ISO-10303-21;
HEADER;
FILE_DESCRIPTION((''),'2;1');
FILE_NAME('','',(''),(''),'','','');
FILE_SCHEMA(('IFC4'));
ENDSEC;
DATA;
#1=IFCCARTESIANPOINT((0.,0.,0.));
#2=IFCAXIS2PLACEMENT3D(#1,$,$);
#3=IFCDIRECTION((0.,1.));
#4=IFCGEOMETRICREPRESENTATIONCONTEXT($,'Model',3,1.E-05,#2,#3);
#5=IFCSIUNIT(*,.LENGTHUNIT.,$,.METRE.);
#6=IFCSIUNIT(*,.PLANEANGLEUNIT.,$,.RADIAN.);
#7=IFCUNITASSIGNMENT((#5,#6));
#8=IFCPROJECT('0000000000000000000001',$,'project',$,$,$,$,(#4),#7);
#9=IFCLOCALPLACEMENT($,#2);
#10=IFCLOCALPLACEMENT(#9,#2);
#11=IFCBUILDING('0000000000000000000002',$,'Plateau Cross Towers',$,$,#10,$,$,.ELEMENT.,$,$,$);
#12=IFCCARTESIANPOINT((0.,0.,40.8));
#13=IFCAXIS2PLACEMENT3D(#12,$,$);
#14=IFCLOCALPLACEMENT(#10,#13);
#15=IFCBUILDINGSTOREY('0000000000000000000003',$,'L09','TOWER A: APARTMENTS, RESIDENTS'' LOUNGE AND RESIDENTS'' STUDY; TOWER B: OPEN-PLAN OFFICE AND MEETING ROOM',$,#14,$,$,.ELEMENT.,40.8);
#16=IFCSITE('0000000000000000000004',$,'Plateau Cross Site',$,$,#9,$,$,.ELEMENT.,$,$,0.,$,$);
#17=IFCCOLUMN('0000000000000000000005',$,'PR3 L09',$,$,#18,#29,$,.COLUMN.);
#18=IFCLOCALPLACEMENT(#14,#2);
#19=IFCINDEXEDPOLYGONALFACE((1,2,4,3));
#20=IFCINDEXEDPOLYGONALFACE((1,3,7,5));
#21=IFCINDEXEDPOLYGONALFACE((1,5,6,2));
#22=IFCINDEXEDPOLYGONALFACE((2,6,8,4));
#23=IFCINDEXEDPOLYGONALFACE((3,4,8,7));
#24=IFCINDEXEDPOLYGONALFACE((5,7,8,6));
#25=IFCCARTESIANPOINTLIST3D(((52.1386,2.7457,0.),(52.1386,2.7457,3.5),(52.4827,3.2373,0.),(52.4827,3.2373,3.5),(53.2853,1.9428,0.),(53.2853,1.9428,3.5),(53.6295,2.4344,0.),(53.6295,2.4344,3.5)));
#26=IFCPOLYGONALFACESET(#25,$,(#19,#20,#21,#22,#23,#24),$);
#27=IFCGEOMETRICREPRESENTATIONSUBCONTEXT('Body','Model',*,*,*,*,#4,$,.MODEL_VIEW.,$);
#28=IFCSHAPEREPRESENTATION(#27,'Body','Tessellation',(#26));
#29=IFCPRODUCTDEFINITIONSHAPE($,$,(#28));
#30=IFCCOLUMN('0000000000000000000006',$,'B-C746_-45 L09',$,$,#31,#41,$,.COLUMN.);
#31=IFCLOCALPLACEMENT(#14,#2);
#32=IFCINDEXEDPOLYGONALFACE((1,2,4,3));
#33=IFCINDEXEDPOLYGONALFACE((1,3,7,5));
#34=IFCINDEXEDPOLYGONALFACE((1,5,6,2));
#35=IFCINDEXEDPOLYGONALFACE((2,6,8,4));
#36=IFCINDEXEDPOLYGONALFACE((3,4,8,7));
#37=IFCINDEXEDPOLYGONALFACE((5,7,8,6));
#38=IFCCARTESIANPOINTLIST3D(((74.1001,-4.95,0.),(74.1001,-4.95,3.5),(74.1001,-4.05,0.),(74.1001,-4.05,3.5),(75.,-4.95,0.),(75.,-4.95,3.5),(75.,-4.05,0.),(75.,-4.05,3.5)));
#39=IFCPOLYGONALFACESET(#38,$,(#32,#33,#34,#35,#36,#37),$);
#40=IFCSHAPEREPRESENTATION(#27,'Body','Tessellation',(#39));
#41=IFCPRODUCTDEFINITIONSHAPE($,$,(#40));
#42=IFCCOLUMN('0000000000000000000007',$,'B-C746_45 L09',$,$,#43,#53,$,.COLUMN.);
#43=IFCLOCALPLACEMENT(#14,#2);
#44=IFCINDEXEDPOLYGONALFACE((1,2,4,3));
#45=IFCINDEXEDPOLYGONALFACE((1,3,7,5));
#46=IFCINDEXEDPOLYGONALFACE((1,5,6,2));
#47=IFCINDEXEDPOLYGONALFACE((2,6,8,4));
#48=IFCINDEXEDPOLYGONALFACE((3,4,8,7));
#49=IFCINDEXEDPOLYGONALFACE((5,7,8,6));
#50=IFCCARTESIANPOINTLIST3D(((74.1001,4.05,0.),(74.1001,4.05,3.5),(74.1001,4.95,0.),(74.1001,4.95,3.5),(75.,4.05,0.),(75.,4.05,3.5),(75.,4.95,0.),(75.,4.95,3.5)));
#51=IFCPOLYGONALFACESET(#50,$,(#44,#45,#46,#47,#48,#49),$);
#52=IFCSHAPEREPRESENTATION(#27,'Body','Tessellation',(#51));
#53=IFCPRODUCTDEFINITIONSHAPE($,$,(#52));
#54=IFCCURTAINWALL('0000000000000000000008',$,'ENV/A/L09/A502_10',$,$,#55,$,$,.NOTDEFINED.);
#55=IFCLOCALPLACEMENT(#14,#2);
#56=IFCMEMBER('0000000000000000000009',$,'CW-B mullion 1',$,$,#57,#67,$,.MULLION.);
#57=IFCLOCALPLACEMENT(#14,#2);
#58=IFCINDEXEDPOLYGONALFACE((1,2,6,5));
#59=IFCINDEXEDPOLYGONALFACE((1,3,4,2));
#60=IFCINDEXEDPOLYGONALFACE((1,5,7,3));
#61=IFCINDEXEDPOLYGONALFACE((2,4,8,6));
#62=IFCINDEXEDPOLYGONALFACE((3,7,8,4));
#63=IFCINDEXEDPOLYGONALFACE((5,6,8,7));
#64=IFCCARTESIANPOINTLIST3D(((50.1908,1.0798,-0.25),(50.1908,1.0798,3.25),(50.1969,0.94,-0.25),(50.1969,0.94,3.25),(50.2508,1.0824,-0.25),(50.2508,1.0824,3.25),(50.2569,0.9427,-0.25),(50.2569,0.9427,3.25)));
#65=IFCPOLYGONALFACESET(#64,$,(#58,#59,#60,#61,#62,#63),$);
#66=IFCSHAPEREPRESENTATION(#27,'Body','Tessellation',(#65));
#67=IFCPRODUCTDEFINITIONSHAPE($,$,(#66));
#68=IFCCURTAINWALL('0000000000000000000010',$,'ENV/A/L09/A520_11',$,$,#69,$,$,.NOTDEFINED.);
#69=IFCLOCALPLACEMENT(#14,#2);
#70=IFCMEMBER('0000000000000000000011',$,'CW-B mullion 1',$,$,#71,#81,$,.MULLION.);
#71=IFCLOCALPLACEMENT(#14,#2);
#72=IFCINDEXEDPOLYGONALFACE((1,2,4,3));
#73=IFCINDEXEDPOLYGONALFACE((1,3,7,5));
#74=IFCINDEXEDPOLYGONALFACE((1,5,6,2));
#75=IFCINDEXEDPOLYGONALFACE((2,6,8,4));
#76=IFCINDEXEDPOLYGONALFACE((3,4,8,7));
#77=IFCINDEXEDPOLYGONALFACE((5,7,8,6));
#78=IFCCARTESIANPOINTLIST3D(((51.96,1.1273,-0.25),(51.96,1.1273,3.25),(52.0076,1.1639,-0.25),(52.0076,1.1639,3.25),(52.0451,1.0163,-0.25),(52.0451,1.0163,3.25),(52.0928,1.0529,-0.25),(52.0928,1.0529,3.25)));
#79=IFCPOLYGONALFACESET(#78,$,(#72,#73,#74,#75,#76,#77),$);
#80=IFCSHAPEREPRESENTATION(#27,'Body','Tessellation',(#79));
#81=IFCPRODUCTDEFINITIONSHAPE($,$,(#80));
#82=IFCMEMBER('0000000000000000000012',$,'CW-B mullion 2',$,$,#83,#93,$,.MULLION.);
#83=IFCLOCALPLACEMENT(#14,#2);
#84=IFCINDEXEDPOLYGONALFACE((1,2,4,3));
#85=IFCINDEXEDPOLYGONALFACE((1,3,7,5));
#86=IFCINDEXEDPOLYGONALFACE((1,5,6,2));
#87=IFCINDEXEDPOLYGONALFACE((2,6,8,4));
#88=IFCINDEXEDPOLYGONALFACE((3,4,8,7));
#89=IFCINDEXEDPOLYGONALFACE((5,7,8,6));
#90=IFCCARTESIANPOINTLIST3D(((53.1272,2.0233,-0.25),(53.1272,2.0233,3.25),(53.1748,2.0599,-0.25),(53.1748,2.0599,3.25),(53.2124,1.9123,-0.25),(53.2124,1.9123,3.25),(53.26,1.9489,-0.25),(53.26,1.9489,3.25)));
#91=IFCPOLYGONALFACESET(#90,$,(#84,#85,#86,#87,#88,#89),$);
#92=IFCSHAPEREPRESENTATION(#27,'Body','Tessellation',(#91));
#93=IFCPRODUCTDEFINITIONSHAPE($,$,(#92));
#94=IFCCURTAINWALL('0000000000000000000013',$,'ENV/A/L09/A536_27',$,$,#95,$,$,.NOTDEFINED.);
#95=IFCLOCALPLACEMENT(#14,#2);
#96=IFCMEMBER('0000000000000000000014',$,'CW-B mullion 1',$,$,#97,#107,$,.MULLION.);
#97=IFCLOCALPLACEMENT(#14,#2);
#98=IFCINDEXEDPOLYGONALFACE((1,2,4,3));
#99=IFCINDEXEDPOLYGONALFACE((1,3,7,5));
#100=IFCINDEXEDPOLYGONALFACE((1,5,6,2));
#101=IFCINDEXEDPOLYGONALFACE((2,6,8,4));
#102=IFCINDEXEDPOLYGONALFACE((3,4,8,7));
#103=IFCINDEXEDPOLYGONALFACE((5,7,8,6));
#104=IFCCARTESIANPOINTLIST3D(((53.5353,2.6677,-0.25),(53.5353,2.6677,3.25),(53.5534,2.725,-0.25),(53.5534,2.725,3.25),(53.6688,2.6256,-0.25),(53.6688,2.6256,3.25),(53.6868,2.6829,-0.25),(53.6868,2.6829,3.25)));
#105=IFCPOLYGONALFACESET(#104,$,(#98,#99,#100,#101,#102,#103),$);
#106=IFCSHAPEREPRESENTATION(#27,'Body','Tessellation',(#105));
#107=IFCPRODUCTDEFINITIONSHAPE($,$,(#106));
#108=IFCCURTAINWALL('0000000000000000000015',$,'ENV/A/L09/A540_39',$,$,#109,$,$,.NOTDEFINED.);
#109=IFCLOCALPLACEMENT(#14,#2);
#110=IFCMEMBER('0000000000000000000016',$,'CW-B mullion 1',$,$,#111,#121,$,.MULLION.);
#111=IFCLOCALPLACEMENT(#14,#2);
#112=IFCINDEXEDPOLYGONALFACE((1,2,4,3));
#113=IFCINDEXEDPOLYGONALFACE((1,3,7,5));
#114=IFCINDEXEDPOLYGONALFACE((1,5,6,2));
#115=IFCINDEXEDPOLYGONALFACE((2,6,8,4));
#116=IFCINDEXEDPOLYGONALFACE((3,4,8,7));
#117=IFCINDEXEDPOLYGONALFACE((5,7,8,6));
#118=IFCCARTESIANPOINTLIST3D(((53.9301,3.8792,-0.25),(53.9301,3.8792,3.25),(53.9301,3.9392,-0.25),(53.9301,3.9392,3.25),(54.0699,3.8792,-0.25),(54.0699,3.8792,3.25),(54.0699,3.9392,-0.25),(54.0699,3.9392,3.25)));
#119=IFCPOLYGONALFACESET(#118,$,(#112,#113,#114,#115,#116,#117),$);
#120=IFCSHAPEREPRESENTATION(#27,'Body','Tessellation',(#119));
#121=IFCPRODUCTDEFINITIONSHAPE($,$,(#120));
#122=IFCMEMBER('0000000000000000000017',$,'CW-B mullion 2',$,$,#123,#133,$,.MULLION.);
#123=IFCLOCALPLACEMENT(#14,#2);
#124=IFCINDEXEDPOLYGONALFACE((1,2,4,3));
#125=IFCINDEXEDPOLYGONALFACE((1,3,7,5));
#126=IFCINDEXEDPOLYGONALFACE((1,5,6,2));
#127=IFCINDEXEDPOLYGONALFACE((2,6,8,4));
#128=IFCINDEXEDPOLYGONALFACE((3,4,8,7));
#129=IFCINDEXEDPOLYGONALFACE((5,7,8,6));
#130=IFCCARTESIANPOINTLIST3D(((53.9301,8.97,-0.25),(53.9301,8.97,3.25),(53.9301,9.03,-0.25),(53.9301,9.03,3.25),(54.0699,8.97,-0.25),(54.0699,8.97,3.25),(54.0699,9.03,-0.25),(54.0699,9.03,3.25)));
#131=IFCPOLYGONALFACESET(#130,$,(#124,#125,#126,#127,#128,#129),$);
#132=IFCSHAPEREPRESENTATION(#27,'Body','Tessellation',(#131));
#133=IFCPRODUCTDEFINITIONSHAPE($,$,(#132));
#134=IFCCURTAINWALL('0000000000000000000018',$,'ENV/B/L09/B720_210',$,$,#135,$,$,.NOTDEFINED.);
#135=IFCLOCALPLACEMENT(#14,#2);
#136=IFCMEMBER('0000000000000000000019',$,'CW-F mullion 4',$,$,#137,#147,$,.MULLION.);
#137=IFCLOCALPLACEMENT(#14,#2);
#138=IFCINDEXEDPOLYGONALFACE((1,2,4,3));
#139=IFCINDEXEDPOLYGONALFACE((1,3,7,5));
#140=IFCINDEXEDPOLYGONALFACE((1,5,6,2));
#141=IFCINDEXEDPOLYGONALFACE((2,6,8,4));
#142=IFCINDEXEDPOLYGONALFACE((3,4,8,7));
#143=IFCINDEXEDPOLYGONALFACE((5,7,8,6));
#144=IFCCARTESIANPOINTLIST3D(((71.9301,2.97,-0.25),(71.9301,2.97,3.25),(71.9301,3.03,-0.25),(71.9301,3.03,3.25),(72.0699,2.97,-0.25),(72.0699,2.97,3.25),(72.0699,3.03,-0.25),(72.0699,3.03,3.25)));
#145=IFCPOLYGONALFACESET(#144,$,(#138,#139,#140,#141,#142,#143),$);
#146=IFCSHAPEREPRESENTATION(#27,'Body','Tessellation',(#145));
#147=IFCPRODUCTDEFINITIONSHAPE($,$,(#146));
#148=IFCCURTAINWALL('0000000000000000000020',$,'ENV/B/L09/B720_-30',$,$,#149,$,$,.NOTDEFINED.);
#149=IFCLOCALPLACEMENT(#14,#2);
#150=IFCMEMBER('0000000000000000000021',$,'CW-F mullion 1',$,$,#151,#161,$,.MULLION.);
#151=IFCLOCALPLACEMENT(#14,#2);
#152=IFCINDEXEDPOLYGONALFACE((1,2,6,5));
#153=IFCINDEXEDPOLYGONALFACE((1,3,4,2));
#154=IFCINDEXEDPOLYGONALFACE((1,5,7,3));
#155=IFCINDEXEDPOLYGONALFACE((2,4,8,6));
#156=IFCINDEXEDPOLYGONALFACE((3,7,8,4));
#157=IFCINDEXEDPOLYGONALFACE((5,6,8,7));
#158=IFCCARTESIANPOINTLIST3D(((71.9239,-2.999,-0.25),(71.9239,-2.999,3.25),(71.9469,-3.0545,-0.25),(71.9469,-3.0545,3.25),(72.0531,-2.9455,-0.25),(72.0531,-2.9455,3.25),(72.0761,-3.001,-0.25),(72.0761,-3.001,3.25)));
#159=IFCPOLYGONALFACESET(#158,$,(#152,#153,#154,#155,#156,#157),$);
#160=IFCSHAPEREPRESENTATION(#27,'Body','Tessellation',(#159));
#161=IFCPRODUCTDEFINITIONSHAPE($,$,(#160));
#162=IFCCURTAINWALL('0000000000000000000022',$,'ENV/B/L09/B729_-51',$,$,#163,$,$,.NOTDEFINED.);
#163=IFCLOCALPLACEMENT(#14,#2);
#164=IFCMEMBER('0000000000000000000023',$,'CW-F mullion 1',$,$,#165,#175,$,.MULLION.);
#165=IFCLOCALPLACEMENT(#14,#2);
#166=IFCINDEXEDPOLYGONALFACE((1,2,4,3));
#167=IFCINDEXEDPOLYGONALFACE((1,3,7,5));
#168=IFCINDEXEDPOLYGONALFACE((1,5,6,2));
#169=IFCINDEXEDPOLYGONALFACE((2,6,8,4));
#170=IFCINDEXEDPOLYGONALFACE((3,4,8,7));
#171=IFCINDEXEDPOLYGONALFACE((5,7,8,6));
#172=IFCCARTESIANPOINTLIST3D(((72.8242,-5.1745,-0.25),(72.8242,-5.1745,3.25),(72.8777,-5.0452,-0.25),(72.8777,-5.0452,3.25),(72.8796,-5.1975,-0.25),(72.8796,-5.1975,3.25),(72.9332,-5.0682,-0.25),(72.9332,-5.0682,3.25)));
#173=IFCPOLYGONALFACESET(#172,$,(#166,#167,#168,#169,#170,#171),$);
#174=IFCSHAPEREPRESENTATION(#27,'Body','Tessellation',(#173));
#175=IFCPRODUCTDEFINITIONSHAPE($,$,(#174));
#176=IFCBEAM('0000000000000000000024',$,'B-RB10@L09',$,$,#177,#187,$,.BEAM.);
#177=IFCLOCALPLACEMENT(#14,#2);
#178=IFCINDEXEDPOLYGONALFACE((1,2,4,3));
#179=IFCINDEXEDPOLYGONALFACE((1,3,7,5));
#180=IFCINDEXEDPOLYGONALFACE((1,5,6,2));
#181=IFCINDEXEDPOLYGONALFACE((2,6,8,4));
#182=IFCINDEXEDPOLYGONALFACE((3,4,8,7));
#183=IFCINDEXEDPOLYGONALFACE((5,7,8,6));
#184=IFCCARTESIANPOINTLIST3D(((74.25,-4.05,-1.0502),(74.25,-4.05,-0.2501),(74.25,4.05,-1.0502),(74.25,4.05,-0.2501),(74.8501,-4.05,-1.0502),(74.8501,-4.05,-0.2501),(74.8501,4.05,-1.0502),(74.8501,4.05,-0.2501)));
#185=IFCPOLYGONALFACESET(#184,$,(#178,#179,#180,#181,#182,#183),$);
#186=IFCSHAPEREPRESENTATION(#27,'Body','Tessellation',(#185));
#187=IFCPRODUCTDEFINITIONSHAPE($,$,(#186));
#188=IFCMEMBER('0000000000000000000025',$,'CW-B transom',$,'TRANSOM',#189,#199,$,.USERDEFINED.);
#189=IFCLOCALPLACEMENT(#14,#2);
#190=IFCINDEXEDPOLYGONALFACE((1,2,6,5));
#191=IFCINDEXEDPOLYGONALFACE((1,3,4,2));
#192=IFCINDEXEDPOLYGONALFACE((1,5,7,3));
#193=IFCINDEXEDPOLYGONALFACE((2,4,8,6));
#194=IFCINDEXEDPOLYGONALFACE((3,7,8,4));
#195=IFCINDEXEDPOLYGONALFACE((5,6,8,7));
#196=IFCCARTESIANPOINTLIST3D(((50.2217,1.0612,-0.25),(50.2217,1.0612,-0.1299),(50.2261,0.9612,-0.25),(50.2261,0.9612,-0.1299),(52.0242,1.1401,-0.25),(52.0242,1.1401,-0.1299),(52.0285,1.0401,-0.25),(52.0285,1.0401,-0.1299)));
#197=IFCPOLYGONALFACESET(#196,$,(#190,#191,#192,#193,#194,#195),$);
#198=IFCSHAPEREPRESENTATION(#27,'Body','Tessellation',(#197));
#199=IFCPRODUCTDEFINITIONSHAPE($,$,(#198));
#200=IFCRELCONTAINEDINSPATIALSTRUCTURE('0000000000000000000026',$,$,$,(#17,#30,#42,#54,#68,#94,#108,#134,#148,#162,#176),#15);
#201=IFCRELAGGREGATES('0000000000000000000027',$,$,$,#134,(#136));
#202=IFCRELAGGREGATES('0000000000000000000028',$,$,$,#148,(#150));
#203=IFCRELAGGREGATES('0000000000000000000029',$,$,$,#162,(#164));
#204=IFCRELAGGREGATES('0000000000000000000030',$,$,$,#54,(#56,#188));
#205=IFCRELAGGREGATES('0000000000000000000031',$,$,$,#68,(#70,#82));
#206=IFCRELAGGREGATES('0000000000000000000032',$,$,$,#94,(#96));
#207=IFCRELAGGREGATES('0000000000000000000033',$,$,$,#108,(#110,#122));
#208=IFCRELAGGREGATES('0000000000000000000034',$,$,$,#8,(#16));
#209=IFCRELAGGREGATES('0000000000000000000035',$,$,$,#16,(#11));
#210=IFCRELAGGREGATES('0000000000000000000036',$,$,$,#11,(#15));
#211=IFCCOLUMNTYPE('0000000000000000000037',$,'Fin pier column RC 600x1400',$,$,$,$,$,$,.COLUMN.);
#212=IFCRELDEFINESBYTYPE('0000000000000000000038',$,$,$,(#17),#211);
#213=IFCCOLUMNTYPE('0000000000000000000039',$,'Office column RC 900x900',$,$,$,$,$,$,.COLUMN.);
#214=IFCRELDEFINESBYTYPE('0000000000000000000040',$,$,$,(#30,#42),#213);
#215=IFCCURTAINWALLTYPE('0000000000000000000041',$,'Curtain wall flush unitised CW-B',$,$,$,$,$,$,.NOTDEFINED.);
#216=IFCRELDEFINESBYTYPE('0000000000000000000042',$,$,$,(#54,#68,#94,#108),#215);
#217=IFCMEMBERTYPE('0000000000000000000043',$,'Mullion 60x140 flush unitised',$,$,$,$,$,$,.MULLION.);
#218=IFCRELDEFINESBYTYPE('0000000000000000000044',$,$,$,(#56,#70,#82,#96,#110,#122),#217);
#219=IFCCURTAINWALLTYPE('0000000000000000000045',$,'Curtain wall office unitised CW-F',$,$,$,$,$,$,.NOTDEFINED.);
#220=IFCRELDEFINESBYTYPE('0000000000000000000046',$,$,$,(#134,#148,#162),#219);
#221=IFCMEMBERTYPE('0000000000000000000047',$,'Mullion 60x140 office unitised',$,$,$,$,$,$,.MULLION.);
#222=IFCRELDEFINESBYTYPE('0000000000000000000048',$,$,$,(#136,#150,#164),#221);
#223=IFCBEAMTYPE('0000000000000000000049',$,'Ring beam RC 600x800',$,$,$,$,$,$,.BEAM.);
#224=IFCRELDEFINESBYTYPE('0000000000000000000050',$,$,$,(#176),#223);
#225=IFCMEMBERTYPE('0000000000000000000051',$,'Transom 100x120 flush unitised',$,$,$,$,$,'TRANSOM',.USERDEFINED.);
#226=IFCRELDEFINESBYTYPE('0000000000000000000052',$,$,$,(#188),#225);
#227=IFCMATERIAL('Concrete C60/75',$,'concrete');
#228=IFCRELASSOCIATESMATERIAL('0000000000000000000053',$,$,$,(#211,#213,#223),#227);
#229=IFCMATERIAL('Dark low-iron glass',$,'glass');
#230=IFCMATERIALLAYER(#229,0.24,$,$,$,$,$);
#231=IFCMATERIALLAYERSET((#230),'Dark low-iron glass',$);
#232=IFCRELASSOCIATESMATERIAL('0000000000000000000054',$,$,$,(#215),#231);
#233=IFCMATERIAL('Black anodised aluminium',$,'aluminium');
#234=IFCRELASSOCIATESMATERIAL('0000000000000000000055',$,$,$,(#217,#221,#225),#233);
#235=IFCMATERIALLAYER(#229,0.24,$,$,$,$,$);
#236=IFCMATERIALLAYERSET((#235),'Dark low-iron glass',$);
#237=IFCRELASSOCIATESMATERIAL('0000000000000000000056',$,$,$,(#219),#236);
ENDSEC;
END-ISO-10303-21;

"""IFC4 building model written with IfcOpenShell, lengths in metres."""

from ifc_helpers import new_model, si_unit, direction, frame, origin, origin_2d, place, context, subcontext, project, spatial, rectangle, extrude, material, layer, layer_set, material_profile, profile_set, type_object, element, aggregate, save


model = new_model("IFC4")

# Units and contexts
model_context = context("Model", 3, precision=1e-05, world=origin(), true_north=direction((0.0, 1.0)))
body_context = subcontext(model_context, "Body", "Model", "MODEL_VIEW")
ifc_project = project(units=[si_unit("LENGTHUNIT", "METRE"), si_unit("PLANEANGLEUNIT", "RADIAN")], contexts=[model_context])

# Site, building, storey
site_placement = place(None, origin())
site = spatial("IfcSite", under=ifc_project, at=site_placement, Name="Plateau Cross Site", CompositionType="ELEMENT", RefElevation=0.0)
building_placement = place(site_placement, origin())
building = spatial("IfcBuilding", under=site, at=building_placement, Name="Plateau Cross Towers", CompositionType="ELEMENT")
storey_placement = place(building_placement, frame((0.0, 0.0, 40.8)))
storey = spatial("IfcBuildingStorey", under=building, at=storey_placement, Name="L09", Description="TOWER A: APARTMENTS, RESIDENTS' LOUNGE AND RESIDENTS' STUDY; TOWER B: OPEN-PLAN OFFICE AND MEETING ROOM", CompositionType="ELEMENT", Elevation=40.8)

# Columns
ifc_material_1 = material(Name="Concrete C60/75", Category="concrete")
ifc_material_profile_1 = material_profile(ifc_material_1, rectangle(XDim=0.6001, YDim=1.3999, at=origin_2d()), Name="RC 600x1400")
ifc_profile_set_1 = profile_set([ifc_material_profile_1], Name="Concrete C60/75")
column_type_1 = type_object("IfcColumnType", Name="Fin pier column RC 600x1400", PredefinedType="COLUMN", material=ifc_profile_set_1)
column_placement = place(storey_placement, frame((52.884, 2.5901, 0.0), z_axis=(0.0, 0.0, 1.0), x_axis=(0.573543, 0.819176, 0.0)))
element("IfcColumn", 1, at=column_placement, inside=storey, type_object=column_type_1, Name="PR3 L09", PredefinedType="COLUMN", context=body_context, shape_type="SweptSolid", body=[
    extrude(rectangle(XDim=0.6001, YDim=1.3999, at=origin_2d()), origin(), (0.0, 0.0, 1.0), 3.5),
])
ifc_material_profile_2 = material_profile(ifc_material_1, rectangle(XDim=0.8999, YDim=0.8999, at=origin_2d()), Name="RC 900x900")
ifc_profile_set_2 = profile_set([ifc_material_profile_2], Name="Concrete C60/75")
column_type_2 = type_object("IfcColumnType", Name="Office column RC 900x900", PredefinedType="COLUMN", material=ifc_profile_set_2)
for number, where, z_axis, x_axis, name in (
    (2, (74.55, -4.5, 0.0), (0.0, 0.0, 1.0), (1.0, 0.0, 0.0), "B-C746_-45 L09"),
    (3, (74.55, 4.5, 0.0), (0.0, 0.0, 1.0), (1.0, 0.0, 0.0), "B-C746_45 L09"),
):
    element("IfcColumn", number, at=place(storey_placement, frame(where, z_axis=z_axis, x_axis=x_axis)), inside=storey, type_object=column_type_2, Name=name, PredefinedType="COLUMN", context=body_context, shape_type="SweptSolid", body=[
        extrude(rectangle(XDim=0.8999, YDim=0.8999, at=origin_2d()), origin(), (0.0, 0.0, 1.0), 3.5),
    ])

# Curtain wall, member
ifc_material_2 = material(Name="Dark low-iron glass", Category="glass")
ifc_layer_1 = layer(ifc_material_2, 0.24)
ifc_layer_set_1 = layer_set([ifc_layer_1], Name="Dark low-iron glass")
curtain_wall_type_1 = type_object("IfcCurtainWallType", Name="Curtain wall flush unitised CW-B", PredefinedType="NOTDEFINED", material=ifc_layer_set_1)
curtain_wall_1_placement = place(storey_placement, origin())
curtain_wall_1 = element("IfcCurtainWall", 4, at=curtain_wall_1_placement, inside=storey, type_object=curtain_wall_type_1, Name="ENV/A/L09/A502_10", PredefinedType="NOTDEFINED")
ifc_material_3 = material(Name="Black anodised aluminium", Category="aluminium")
ifc_material_profile_3 = material_profile(ifc_material_3, rectangle(XDim=0.0601, YDim=0.1399, at=origin_2d()), Name="MULLION 60x140")
ifc_profile_set_3 = profile_set([ifc_material_profile_3], Name="Black anodised aluminium")
member_type_1 = type_object("IfcMemberType", Name="Mullion 60x140 flush unitised", PredefinedType="MULLION", material=ifc_profile_set_3)
member_1_placement = place(storey_placement, frame((50.2239, 1.0112, -0.25), z_axis=(0.0, 0.0, 1.0), x_axis=(0.999044, 0.043723, 0.0)))
member_1 = element("IfcMember", 5, at=member_1_placement, type_object=member_type_1, Name="CW-B mullion 1", PredefinedType="MULLION", context=body_context, shape_type="SweptSolid", body=[
    extrude(rectangle(XDim=0.0601, YDim=0.1399, at=origin_2d()), origin(), (0.0, 0.0, 1.0), 3.5),
])

# Curtain wall, members
curtain_wall_2_placement = place(storey_placement, origin())
curtain_wall_2 = element("IfcCurtainWall", 6, at=curtain_wall_2_placement, inside=storey, type_object=curtain_wall_type_1, Name="ENV/A/L09/A520_11", PredefinedType="NOTDEFINED")
member_2_placement = place(storey_placement, frame((52.0264, 1.0901, -0.25), z_axis=(0.0, 0.0, 1.0), x_axis=(0.793316, 0.608811, 0.0)))
member_2 = element("IfcMember", 7, at=member_2_placement, type_object=member_type_1, Name="CW-B mullion 1", PredefinedType="MULLION", context=body_context, shape_type="SweptSolid", body=[
    extrude(rectangle(XDim=0.0601, YDim=0.1399, at=origin_2d()), origin(), (0.0, 0.0, 1.0), 3.5),
])
member_3_placement = place(storey_placement, frame((53.1936, 1.9861, -0.25), z_axis=(0.0, 0.0, 1.0), x_axis=(0.793316, 0.608811, 0.0)))
member_3 = element("IfcMember", 8, at=member_3_placement, type_object=member_type_1, Name="CW-B mullion 2", PredefinedType="MULLION", context=body_context, shape_type="SweptSolid", body=[
    extrude(rectangle(XDim=0.0601, YDim=0.1399, at=origin_2d()), origin(), (0.0, 0.0, 1.0), 3.5),
])

# Curtain wall, member
curtain_wall_3_placement = place(storey_placement, origin())
curtain_wall_3 = element("IfcCurtainWall", 9, at=curtain_wall_3_placement, inside=storey, type_object=curtain_wall_type_1, Name="ENV/A/L09/A536_27", PredefinedType="NOTDEFINED")
member_4_placement = place(storey_placement, frame((53.6111, 2.6753, -0.25), z_axis=(0.0, 0.0, 1.0), x_axis=(0.300686, 0.953723, 0.0)))
member_4 = element("IfcMember", 10, at=member_4_placement, type_object=member_type_1, Name="CW-B mullion 1", PredefinedType="MULLION", context=body_context, shape_type="SweptSolid", body=[
    extrude(rectangle(XDim=0.0601, YDim=0.1399, at=origin_2d()), origin(), (0.0, 0.0, 1.0), 3.5),
])

# Curtain wall, members
curtain_wall_4_placement = place(storey_placement, origin())
curtain_wall_4 = element("IfcCurtainWall", 11, at=curtain_wall_4_placement, inside=storey, type_object=curtain_wall_type_1, Name="ENV/A/L09/A540_39", PredefinedType="NOTDEFINED")
member_5_placement = place(storey_placement, frame((54.0, 3.9092, -0.25), z_axis=(0.0, 0.0, 1.0), x_axis=(0.0, 1.0, 0.0)))
member_5 = element("IfcMember", 12, at=member_5_placement, type_object=member_type_1, Name="CW-B mullion 1", PredefinedType="MULLION", context=body_context, shape_type="SweptSolid", body=[
    extrude(rectangle(XDim=0.0601, YDim=0.1399, at=origin_2d()), origin(), (0.0, 0.0, 1.0), 3.5),
])
member_6_placement = place(storey_placement, frame((54.0, 9.0, -0.25), z_axis=(0.0, 0.0, 1.0), x_axis=(0.0, 1.0, 0.0)))
member_6 = element("IfcMember", 13, at=member_6_placement, type_object=member_type_1, Name="CW-B mullion 2", PredefinedType="MULLION", context=body_context, shape_type="SweptSolid", body=[
    extrude(rectangle(XDim=0.0601, YDim=0.1399, at=origin_2d()), origin(), (0.0, 0.0, 1.0), 3.5),
])

# Curtain walls, members
ifc_layer_2 = layer(ifc_material_2, 0.24)
ifc_layer_set_2 = layer_set([ifc_layer_2], Name="Dark low-iron glass")
curtain_wall_type_2 = type_object("IfcCurtainWallType", Name="Curtain wall office unitised CW-F", PredefinedType="NOTDEFINED", material=ifc_layer_set_2)
curtain_wall_5_placement = place(storey_placement, origin())
curtain_wall_5 = element("IfcCurtainWall", 14, at=curtain_wall_5_placement, inside=storey, type_object=curtain_wall_type_2, Name="ENV/B/L09/B720_210", PredefinedType="NOTDEFINED")
ifc_material_profile_4 = material_profile(ifc_material_3, rectangle(XDim=0.0601, YDim=0.1399, at=origin_2d()), Name="MULLION 60x140")
ifc_profile_set_4 = profile_set([ifc_material_profile_4], Name="Black anodised aluminium")
member_type_2 = type_object("IfcMemberType", Name="Mullion 60x140 office unitised", PredefinedType="MULLION", material=ifc_profile_set_4)
member_7_placement = place(storey_placement, frame((72.0, 3.0, -0.25), z_axis=(0.0, 0.0, 1.0), x_axis=(0.0, -1.0, 0.0)))
member_7 = element("IfcMember", 15, at=member_7_placement, type_object=member_type_2, Name="CW-F mullion 4", PredefinedType="MULLION", context=body_context, shape_type="SweptSolid", body=[
    extrude(rectangle(XDim=0.0601, YDim=0.1399, at=origin_2d()), origin(), (0.0, 0.0, 1.0), 3.5),
])
curtain_wall_6_placement = place(storey_placement, origin())
curtain_wall_6 = element("IfcCurtainWall", 16, at=curtain_wall_6_placement, inside=storey, type_object=curtain_wall_type_2, Name="ENV/B/L09/B720_-30", PredefinedType="NOTDEFINED")
member_8_placement = place(storey_placement, frame((72.0, -3.0, -0.25), z_axis=(0.0, 0.0, 1.0), x_axis=(0.382684, -0.923879, 0.0)))
member_8 = element("IfcMember", 17, at=member_8_placement, type_object=member_type_2, Name="CW-F mullion 1", PredefinedType="MULLION", context=body_context, shape_type="SweptSolid", body=[
    extrude(rectangle(XDim=0.0601, YDim=0.1399, at=origin_2d()), origin(), (0.0, 0.0, 1.0), 3.5),
])
curtain_wall_7_placement = place(storey_placement, origin())
curtain_wall_7 = element("IfcCurtainWall", 18, at=curtain_wall_7_placement, inside=storey, type_object=curtain_wall_type_2, Name="ENV/B/L09/B729_-51", PredefinedType="NOTDEFINED")
member_9_placement = place(storey_placement, frame((72.8787, -5.1213, -0.25), z_axis=(0.0, 0.0, 1.0), x_axis=(0.923879, -0.382684, 0.0)))
member_9 = element("IfcMember", 19, at=member_9_placement, type_object=member_type_2, Name="CW-F mullion 1", PredefinedType="MULLION", context=body_context, shape_type="SweptSolid", body=[
    extrude(rectangle(XDim=0.0601, YDim=0.1399, at=origin_2d()), origin(), (0.0, 0.0, 1.0), 3.5),
])

# Beam
ifc_material_profile_5 = material_profile(ifc_material_1, rectangle(XDim=0.6001, YDim=0.8, at=origin_2d()), Name="RC 600x800")
ifc_profile_set_5 = profile_set([ifc_material_profile_5], Name="Concrete C60/75")
beam_type = type_object("IfcBeamType", Name="Ring beam RC 600x800", PredefinedType="BEAM", material=ifc_profile_set_5)
beam_placement = place(storey_placement, frame((74.55, 4.05, -0.6501), z_axis=(0.0, -1.0, 0.0), x_axis=(1.0, 0.0, 0.0)))
element("IfcBeam", 20, at=beam_placement, inside=storey, type_object=beam_type, Name="B-RB10@L09", PredefinedType="BEAM", context=body_context, shape_type="SweptSolid", body=[
    extrude(rectangle(XDim=0.6001, YDim=0.8, at=origin_2d()), origin(), (0.0, 0.0, 1.0), 8.1001),
])

# Member
ifc_material_profile_6 = material_profile(ifc_material_3, rectangle(XDim=0.1001, YDim=0.1201, at=origin_2d()), Name="TRANSOM 100x120")
ifc_profile_set_6 = profile_set([ifc_material_profile_6], Name="Black anodised aluminium")
member_type_3 = type_object("IfcMemberType", Name="Transom 100x120 flush unitised", ElementType="TRANSOM", PredefinedType="USERDEFINED", material=ifc_profile_set_6)
member_10_placement = place(storey_placement, frame((50.2239, 1.0112, -0.1899), z_axis=(0.999044, 0.043707, 0.0), x_axis=(-0.043707, 0.999044, 0.0)))
member_10 = element("IfcMember", 21, at=member_10_placement, type_object=member_type_3, Name="CW-B transom", ObjectType="TRANSOM", PredefinedType="USERDEFINED", context=body_context, shape_type="SweptSolid", body=[
    extrude(rectangle(XDim=0.1001, YDim=0.1201, at=origin_2d()), origin(), (0.0, 0.0, 1.0), 1.8042),
])

aggregate(curtain_wall_5, [member_7])
aggregate(curtain_wall_6, [member_8])
aggregate(curtain_wall_7, [member_9])
aggregate(curtain_wall_1, [member_1, member_10])
aggregate(curtain_wall_2, [member_2, member_3])
aggregate(curtain_wall_3, [member_4])
aggregate(curtain_wall_4, [member_5, member_6])

save(model, "model.ifc")
